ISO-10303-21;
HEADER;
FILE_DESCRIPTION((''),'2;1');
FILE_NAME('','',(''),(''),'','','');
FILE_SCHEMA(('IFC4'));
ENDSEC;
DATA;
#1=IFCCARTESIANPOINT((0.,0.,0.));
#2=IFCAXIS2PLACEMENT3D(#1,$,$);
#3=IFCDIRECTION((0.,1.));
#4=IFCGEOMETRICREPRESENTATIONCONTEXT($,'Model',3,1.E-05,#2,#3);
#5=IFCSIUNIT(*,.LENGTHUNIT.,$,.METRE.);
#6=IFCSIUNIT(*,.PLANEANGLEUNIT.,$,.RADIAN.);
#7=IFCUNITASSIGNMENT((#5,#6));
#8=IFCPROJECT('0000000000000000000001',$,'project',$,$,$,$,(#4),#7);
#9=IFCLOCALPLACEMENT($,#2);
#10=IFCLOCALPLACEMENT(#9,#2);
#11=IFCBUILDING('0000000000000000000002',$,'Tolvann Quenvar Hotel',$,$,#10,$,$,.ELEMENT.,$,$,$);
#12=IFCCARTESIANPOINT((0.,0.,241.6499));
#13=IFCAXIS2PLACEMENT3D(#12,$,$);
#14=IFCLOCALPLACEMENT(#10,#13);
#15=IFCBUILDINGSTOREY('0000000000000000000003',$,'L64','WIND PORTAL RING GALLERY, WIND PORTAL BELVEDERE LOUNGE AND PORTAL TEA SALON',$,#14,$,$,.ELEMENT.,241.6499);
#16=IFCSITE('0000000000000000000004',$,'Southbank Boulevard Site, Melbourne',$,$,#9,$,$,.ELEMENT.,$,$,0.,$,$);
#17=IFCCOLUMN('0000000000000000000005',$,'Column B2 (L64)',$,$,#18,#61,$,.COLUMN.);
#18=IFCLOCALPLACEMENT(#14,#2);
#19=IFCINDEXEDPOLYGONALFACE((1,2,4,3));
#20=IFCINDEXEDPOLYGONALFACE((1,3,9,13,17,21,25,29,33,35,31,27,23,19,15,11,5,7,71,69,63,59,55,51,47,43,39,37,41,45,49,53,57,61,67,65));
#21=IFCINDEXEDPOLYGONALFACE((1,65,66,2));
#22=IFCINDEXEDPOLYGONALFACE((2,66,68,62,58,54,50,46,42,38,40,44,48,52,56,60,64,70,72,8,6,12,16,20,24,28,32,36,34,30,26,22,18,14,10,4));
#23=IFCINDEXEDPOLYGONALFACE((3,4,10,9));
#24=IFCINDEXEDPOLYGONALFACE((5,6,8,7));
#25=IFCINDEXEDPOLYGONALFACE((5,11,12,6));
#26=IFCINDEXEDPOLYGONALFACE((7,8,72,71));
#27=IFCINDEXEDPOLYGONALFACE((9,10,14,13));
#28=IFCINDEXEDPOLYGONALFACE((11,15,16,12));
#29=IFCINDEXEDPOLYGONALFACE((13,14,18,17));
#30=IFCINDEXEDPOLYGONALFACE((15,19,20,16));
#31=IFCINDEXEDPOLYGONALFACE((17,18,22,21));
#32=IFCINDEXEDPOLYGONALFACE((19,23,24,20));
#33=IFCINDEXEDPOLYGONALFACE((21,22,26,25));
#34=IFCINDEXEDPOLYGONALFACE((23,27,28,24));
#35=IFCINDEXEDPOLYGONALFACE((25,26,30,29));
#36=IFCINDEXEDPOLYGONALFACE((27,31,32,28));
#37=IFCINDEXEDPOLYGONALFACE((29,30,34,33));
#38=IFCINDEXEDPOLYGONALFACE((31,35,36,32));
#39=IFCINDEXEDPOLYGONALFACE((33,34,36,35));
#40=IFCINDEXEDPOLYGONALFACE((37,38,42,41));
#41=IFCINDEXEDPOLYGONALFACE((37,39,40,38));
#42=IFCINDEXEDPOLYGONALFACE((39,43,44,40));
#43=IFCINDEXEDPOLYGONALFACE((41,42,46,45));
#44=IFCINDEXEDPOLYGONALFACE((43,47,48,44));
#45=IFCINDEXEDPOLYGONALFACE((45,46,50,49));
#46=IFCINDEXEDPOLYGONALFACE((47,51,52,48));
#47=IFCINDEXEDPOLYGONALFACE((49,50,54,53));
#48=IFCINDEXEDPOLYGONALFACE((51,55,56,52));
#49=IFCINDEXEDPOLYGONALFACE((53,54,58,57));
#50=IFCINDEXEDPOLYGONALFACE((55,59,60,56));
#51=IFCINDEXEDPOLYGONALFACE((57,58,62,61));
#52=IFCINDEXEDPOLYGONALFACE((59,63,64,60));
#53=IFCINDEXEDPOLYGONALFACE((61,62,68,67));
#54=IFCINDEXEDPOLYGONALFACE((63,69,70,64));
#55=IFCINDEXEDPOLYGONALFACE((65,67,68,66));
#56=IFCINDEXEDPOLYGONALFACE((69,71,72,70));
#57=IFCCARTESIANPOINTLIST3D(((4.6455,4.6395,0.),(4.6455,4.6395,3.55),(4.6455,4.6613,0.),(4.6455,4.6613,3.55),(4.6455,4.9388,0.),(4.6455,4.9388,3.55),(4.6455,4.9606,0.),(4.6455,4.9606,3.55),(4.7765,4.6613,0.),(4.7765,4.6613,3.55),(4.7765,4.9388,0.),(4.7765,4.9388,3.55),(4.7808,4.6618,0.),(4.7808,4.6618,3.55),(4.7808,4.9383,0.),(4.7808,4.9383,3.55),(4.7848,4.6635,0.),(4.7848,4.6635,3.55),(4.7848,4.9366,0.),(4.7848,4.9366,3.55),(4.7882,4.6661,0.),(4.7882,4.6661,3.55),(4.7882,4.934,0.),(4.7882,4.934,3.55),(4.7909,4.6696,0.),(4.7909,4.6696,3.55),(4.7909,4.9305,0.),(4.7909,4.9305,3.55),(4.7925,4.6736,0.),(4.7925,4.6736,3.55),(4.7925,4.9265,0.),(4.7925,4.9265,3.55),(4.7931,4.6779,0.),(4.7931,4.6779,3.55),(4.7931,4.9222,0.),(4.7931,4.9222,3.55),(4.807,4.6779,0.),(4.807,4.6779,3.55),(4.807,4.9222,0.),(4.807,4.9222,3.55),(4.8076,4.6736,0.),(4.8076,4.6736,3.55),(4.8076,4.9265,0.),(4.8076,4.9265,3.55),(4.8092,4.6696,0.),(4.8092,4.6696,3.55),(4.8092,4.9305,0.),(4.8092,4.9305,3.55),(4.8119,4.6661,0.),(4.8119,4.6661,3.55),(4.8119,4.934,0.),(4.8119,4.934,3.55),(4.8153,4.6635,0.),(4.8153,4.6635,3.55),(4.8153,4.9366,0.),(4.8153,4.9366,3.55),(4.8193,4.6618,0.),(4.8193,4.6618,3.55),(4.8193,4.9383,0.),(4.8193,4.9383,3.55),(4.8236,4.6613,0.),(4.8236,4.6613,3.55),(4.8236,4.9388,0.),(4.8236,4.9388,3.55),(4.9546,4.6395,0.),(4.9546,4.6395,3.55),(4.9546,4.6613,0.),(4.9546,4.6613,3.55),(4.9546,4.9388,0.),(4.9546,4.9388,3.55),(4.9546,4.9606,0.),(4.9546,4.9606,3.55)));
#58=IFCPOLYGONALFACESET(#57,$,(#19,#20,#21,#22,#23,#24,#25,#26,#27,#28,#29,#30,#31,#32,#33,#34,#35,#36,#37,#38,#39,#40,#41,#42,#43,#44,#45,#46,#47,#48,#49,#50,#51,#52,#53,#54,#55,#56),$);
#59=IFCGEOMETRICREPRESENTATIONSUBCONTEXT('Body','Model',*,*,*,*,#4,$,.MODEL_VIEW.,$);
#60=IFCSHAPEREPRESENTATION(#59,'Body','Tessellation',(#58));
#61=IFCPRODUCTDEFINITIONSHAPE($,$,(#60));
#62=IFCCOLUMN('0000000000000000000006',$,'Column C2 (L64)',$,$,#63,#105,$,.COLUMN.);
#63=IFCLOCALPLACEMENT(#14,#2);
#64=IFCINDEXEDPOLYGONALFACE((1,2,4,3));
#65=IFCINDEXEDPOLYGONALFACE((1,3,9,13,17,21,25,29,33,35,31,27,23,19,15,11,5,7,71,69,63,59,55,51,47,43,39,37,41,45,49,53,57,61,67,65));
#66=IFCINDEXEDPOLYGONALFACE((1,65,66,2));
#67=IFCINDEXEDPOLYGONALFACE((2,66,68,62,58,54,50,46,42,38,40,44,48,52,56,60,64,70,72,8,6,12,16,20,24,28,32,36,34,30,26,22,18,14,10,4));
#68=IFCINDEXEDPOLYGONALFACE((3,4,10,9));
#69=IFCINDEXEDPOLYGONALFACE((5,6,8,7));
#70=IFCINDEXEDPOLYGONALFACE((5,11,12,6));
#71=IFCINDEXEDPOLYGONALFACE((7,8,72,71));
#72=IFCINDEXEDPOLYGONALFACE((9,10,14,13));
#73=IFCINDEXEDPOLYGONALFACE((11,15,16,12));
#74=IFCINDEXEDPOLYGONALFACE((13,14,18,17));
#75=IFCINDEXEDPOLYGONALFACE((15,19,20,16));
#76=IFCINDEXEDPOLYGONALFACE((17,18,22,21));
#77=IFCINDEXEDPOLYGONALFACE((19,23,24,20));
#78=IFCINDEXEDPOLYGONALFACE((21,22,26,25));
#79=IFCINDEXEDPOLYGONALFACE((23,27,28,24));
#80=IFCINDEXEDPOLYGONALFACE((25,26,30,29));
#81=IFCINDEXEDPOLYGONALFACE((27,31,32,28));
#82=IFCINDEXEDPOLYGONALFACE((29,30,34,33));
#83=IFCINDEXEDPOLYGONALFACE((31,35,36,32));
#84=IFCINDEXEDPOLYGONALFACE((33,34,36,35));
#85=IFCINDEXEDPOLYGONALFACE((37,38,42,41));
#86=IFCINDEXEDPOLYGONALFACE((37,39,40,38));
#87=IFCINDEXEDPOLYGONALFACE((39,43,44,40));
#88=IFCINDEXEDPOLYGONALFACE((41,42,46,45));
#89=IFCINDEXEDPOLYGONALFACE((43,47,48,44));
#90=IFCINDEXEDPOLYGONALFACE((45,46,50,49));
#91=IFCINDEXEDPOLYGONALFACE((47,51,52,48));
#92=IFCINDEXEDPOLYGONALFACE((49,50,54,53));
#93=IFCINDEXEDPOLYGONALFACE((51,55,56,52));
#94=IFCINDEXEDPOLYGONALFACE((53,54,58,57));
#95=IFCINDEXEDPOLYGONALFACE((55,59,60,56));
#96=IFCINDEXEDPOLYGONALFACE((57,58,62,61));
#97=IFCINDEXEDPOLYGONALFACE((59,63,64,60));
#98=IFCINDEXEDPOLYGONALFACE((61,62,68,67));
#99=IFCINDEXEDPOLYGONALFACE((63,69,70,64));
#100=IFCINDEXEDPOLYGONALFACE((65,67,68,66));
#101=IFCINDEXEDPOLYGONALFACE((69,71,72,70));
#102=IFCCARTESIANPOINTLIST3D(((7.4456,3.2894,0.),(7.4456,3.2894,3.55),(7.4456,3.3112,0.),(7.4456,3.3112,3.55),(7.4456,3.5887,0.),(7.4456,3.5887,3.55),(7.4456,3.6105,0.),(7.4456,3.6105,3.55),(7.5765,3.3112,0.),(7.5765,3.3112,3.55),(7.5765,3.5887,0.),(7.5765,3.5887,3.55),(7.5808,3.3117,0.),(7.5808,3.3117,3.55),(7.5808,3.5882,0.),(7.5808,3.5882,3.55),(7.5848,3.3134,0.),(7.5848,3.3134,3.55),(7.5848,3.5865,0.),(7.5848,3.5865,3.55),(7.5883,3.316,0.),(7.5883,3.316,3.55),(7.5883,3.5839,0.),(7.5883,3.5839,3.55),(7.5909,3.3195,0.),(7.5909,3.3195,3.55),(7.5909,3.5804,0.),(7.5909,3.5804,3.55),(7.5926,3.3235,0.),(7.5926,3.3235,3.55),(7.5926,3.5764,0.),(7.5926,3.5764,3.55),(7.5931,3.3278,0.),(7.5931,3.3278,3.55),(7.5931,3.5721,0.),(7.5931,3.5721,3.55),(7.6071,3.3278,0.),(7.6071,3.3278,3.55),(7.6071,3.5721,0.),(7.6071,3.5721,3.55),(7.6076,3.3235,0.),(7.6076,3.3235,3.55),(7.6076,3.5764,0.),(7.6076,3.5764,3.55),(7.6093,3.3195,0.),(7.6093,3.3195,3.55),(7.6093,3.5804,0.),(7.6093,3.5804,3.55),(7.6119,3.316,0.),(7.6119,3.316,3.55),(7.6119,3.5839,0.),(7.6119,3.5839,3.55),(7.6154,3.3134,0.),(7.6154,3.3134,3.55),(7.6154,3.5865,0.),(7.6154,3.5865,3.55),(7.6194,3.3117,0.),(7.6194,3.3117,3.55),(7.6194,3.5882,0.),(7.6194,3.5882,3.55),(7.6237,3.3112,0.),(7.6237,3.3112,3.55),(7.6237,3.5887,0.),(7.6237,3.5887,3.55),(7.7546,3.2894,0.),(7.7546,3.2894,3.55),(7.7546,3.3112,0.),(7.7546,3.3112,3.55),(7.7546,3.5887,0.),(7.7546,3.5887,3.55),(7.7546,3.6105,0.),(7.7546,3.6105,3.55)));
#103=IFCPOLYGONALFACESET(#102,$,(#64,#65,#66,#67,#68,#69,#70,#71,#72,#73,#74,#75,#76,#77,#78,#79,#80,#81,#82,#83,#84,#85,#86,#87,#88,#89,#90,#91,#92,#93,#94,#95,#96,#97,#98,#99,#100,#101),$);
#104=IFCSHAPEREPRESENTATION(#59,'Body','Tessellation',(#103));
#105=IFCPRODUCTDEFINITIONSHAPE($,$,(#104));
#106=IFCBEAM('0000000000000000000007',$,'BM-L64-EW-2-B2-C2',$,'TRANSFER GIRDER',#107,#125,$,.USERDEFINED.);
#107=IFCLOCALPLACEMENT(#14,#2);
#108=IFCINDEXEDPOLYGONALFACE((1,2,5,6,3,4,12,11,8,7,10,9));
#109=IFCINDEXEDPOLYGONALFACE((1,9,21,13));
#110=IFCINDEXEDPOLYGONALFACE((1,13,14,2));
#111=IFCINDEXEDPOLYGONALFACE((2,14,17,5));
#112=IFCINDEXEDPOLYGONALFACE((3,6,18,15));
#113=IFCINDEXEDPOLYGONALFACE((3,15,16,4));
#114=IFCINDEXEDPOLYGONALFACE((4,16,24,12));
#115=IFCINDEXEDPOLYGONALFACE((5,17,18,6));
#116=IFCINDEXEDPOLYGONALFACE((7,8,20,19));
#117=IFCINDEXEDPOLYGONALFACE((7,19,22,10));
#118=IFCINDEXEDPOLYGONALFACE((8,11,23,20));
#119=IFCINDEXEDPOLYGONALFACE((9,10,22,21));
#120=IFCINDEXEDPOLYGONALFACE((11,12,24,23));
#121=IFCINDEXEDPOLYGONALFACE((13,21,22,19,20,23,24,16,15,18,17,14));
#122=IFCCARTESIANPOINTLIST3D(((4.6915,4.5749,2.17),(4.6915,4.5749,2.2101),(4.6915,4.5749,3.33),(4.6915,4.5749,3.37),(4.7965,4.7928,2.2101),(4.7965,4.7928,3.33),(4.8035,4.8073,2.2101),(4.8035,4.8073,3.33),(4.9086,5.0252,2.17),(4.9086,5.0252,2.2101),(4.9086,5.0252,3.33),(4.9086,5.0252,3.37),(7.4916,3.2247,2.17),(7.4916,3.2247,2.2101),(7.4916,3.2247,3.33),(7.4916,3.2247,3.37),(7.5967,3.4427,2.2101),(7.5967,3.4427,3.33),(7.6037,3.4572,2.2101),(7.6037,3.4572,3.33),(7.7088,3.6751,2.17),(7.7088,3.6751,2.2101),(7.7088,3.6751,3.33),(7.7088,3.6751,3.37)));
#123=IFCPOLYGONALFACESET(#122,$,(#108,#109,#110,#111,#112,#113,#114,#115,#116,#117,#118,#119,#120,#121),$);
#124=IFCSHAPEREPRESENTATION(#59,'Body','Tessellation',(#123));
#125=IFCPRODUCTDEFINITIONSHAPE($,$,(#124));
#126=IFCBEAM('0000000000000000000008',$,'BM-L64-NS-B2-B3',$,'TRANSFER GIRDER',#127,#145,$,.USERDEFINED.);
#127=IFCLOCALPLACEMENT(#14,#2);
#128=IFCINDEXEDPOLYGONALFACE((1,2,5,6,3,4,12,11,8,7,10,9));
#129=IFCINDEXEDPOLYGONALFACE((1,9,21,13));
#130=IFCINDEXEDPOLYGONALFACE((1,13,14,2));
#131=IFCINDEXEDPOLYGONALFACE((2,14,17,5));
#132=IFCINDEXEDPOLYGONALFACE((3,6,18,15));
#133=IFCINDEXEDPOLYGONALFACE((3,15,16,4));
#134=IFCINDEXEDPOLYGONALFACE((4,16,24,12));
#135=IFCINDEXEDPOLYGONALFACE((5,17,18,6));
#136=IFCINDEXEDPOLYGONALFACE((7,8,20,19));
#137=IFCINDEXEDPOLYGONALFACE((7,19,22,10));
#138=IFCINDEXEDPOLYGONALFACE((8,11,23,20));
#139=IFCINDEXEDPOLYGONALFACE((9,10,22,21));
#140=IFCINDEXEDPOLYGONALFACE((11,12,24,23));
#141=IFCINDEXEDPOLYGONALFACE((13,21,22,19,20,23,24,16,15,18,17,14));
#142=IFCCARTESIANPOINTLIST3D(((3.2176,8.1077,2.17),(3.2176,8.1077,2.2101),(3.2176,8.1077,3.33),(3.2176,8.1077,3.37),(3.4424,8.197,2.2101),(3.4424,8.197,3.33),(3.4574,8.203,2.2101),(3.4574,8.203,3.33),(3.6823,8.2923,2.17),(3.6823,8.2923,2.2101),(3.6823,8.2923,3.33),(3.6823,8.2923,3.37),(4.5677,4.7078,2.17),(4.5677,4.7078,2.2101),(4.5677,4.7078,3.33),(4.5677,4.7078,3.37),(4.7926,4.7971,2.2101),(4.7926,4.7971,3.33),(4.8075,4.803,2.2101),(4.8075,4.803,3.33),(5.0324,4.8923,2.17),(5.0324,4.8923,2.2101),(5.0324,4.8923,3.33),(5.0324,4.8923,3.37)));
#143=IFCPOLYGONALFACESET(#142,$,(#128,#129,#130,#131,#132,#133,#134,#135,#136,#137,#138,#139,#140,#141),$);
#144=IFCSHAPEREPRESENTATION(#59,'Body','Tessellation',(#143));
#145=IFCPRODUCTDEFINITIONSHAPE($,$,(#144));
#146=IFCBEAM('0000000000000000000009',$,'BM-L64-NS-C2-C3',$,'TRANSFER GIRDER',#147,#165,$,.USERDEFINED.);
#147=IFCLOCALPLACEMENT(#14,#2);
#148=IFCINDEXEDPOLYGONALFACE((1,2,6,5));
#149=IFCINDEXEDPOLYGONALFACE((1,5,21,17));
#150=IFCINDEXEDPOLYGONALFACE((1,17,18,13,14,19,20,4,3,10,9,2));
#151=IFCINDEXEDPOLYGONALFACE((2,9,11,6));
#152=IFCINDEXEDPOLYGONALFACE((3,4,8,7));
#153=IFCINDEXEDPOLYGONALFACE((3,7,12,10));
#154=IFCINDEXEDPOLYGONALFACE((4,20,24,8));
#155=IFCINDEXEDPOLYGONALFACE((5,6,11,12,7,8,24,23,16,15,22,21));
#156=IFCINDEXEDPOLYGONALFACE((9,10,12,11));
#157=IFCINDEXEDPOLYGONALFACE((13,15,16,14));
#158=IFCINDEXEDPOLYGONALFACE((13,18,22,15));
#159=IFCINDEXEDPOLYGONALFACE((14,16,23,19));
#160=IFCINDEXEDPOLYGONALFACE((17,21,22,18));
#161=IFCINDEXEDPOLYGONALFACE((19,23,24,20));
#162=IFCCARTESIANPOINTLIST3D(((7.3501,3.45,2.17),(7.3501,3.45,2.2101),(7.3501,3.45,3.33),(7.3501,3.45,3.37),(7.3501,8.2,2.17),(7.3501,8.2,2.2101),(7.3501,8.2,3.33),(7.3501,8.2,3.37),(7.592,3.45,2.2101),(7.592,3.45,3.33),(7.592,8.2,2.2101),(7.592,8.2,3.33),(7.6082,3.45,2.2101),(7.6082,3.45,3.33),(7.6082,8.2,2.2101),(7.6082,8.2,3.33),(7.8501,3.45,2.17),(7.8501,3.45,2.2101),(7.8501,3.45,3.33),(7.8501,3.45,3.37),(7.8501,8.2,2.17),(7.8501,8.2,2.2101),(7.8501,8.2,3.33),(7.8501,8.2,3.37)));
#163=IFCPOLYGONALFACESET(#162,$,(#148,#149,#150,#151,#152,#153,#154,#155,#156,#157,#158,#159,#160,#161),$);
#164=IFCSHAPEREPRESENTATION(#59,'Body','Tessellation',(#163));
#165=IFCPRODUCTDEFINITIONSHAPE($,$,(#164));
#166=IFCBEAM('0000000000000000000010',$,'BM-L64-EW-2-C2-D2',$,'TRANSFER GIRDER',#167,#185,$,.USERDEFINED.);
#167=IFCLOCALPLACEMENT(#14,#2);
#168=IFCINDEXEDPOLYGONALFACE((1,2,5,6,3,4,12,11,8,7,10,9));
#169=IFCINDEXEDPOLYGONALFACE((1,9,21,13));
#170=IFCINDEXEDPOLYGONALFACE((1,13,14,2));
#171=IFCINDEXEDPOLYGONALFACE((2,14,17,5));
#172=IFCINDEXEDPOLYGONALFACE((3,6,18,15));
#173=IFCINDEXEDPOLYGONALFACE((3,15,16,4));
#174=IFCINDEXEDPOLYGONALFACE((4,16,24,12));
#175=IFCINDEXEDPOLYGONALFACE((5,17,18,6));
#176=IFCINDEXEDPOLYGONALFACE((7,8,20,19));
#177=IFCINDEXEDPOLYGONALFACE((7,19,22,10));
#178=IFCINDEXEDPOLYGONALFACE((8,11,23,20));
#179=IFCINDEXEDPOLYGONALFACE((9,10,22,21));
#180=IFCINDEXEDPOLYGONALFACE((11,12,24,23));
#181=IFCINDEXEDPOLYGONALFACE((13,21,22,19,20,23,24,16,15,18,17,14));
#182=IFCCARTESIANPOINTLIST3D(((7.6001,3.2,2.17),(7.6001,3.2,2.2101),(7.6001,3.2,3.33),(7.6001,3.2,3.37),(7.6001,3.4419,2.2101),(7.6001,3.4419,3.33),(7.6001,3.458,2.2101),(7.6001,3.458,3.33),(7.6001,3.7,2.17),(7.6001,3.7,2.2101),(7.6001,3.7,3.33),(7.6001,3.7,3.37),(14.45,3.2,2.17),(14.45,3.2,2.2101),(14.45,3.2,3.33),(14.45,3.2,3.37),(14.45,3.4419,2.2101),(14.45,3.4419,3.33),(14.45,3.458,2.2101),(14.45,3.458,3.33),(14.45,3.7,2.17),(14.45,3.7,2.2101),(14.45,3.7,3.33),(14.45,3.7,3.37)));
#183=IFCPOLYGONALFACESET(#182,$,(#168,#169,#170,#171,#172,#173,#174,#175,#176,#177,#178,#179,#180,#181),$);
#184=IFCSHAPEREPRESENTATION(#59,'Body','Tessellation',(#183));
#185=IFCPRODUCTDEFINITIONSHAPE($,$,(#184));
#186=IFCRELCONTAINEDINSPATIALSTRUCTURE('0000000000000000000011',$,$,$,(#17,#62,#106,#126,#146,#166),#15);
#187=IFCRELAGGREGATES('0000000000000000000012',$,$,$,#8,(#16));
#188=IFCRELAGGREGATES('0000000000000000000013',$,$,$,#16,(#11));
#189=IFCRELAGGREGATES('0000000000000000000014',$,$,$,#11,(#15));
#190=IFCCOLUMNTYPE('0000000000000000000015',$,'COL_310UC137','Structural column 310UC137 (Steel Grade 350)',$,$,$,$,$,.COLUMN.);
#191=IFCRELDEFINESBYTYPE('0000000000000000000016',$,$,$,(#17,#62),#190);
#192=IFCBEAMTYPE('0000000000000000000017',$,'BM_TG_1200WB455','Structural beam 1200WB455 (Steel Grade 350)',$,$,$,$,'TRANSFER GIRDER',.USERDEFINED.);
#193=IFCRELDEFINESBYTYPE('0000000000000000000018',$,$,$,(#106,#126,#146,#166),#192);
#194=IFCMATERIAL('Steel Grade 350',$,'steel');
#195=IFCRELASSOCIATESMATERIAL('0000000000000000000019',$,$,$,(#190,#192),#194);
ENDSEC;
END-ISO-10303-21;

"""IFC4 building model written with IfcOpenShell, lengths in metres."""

from ifc_helpers import new_model, si_unit, direction, frame, origin, origin_2d, place, context, subcontext, project, spatial, i_section, extrude, source, transform, mapped, material, material_profile, profile_set, type_object, type_shapes, element, save


model = new_model("IFC4")

# Units and contexts
model_context = context("Model", 3, precision=1e-05, world=origin(), true_north=direction((0.0, 1.0)))
body_context = subcontext(model_context, "Body", "Model", "MODEL_VIEW")
ifc_project = project(units=[si_unit("LENGTHUNIT", "METRE"), si_unit("PLANEANGLEUNIT", "RADIAN")], contexts=[model_context])

# Site, building, storey
site_placement = place(None, origin())
site = spatial("IfcSite", under=ifc_project, at=site_placement, Name="Southbank Boulevard Site, Melbourne", CompositionType="ELEMENT", RefElevation=0.0)
building_placement = place(site_placement, origin())
building = spatial("IfcBuilding", under=site, at=building_placement, Name="Tolvann Quenvar Hotel", CompositionType="ELEMENT")
storey_placement = place(building_placement, frame((0.0, 0.0, 241.6499)))
storey = spatial("IfcBuildingStorey", under=building, at=storey_placement, Name="L64", Description="WIND PORTAL RING GALLERY, WIND PORTAL BELVEDERE LOUNGE AND PORTAL TEA SALON", CompositionType="ELEMENT", Elevation=241.6499)

# Columns
ifc_material_1 = material(Name="Steel Grade 350", Category="steel")
ifc_material_profile_1 = material_profile(ifc_material_1, i_section(OverallWidth=0.3091, OverallDepth=0.321, WebThickness=0.0139, FlangeThickness=0.0217, FilletRadius=0.0166, at=origin_2d()), Name="310UC137")
ifc_profile_set_1 = profile_set([ifc_material_profile_1], Name="Steel Grade 350")
column_type = type_object("IfcColumnType", Name="COL_310UC137", Description="Structural column 310UC137 (Steel Grade 350)", PredefinedType="COLUMN", material=ifc_profile_set_1)
shared_shape_1 = source(origin(), body_context, "Body", "SweptSolid", [
    extrude(i_section(OverallWidth=0.3091, OverallDepth=0.321, WebThickness=0.0139, FlangeThickness=0.0217, FilletRadius=0.0166, at=origin_2d()), origin(), (0.0, 0.0, 1.0), 3.55),
])
type_shapes(column_type, [shared_shape_1])
for number, where, z_axis, x_axis, name in (
    (1, (4.8, 4.8, 0.0), (0.0, 0.0, 1.0), (1.0, 0.0, 0.0), "Column B2 (L64)"),
    (2, (7.6001, 3.45, 0.0), (0.0, 0.0, 1.0), (1.0, 0.0, 0.0), "Column C2 (L64)"),
):
    element("IfcColumn", number, at=place(storey_placement, frame(where, z_axis=z_axis, x_axis=x_axis)), inside=storey, type_object=column_type, Name=name, PredefinedType="COLUMN", context=body_context, shape_type="MappedRepresentation", body=[
        mapped(shared_shape_1, transform((0.0, 0.0, 0.0), x_axis=(1.0, 0.0, 0.0), y_axis=(0.0, 1.0, 0.0), z_axis=(0.0, 0.0, 1.0), scale=1.0)),
    ])

# Beams
ifc_material_profile_2 = material_profile(ifc_material_1, i_section(OverallWidth=0.5, OverallDepth=1.2, WebThickness=0.0161, FlangeThickness=0.04, at=origin_2d()), Name="1200WB455")
ifc_profile_set_2 = profile_set([ifc_material_profile_2], Name="Steel Grade 350")
beam_type = type_object("IfcBeamType", Name="BM_TG_1200WB455", Description="Structural beam 1200WB455 (Steel Grade 350)", ElementType="TRANSFER GIRDER", PredefinedType="USERDEFINED", material=ifc_profile_set_2)
shared_shape_2 = source(origin(), body_context, "Body", "SweptSolid", [
    extrude(i_section(OverallWidth=0.5, OverallDepth=1.2, WebThickness=0.0161, FlangeThickness=0.04, at=origin_2d()), origin(), (0.0, 0.0, 1.0), 3.1086),
])
beam_1_placement = place(storey_placement, frame((4.8, 4.8, 2.77), z_axis=(0.900759, -0.434319, 0.0), x_axis=(0.434319, 0.900759, 0.0)))
element("IfcBeam", 3, at=beam_1_placement, inside=storey, type_object=beam_type, Name="BM-L64-EW-2-B2-C2", ObjectType="TRANSFER GIRDER", PredefinedType="USERDEFINED", context=body_context, shape_type="MappedRepresentation", body=[
    mapped(shared_shape_2, transform((0.0, 0.0, 0.0), x_axis=(1.0, 0.0, 0.0), y_axis=(0.0, 1.0, 0.0), z_axis=(0.0, 0.0, 1.0), scale=1.0)),
])
shared_shape_3 = source(origin(), body_context, "Body", "SweptSolid", [
    extrude(i_section(OverallWidth=0.5, OverallDepth=1.2, WebThickness=0.0161, FlangeThickness=0.04, at=origin_2d()), origin(), (0.0, 0.0, 1.0), 3.6582),
])
beam_2_placement = place(storey_placement, frame((4.8, 4.8, 2.77), z_axis=(-0.369065, 0.929404, 0.0), x_axis=(-0.929404, -0.369065, 0.0)))
element("IfcBeam", 4, at=beam_2_placement, inside=storey, type_object=beam_type, Name="BM-L64-NS-B2-B3", ObjectType="TRANSFER GIRDER", PredefinedType="USERDEFINED", context=body_context, shape_type="MappedRepresentation", body=[
    mapped(shared_shape_3, transform((0.0, 0.0, 0.0), x_axis=(1.0, 0.0, 0.0), y_axis=(0.0, 1.0, 0.0), z_axis=(0.0, 0.0, 1.0), scale=1.0)),
])
shared_shape_4 = source(origin(), body_context, "Body", "SweptSolid", [
    extrude(i_section(OverallWidth=0.5, OverallDepth=1.2, WebThickness=0.0161, FlangeThickness=0.04, at=origin_2d()), origin(), (0.0, 0.0, 1.0), 4.75),
])
beam_3_placement = place(storey_placement, frame((7.6001, 3.45, 2.77), z_axis=(0.0, 1.0, 0.0), x_axis=(-1.0, 0.0, 0.0)))
element("IfcBeam", 5, at=beam_3_placement, inside=storey, type_object=beam_type, Name="BM-L64-NS-C2-C3", ObjectType="TRANSFER GIRDER", PredefinedType="USERDEFINED", context=body_context, shape_type="MappedRepresentation", body=[
    mapped(shared_shape_4, transform((0.0, 0.0, 0.0), x_axis=(1.0, 0.0, 0.0), y_axis=(0.0, 1.0, 0.0), z_axis=(0.0, 0.0, 1.0), scale=1.0)),
])
shared_shape_5 = source(origin(), body_context, "Body", "SweptSolid", [
    extrude(i_section(OverallWidth=0.5, OverallDepth=1.2, WebThickness=0.0161, FlangeThickness=0.04, at=origin_2d()), origin(), (0.0, 0.0, 1.0), 6.8499),
])
type_shapes(beam_type, [shared_shape_2, shared_shape_3, shared_shape_4, shared_shape_5])
beam_4_placement = place(storey_placement, frame((7.6001, 3.45, 2.77), z_axis=(1.0, 0.0, 0.0), x_axis=(0.0, 1.0, 0.0)))
element("IfcBeam", 6, at=beam_4_placement, inside=storey, type_object=beam_type, Name="BM-L64-EW-2-C2-D2", ObjectType="TRANSFER GIRDER", PredefinedType="USERDEFINED", context=body_context, shape_type="MappedRepresentation", body=[
    mapped(shared_shape_5, transform((0.0, 0.0, 0.0), x_axis=(1.0, 0.0, 0.0), y_axis=(0.0, 1.0, 0.0), z_axis=(0.0, 0.0, 1.0), scale=1.0)),
])

save(model, "model.ifc")
